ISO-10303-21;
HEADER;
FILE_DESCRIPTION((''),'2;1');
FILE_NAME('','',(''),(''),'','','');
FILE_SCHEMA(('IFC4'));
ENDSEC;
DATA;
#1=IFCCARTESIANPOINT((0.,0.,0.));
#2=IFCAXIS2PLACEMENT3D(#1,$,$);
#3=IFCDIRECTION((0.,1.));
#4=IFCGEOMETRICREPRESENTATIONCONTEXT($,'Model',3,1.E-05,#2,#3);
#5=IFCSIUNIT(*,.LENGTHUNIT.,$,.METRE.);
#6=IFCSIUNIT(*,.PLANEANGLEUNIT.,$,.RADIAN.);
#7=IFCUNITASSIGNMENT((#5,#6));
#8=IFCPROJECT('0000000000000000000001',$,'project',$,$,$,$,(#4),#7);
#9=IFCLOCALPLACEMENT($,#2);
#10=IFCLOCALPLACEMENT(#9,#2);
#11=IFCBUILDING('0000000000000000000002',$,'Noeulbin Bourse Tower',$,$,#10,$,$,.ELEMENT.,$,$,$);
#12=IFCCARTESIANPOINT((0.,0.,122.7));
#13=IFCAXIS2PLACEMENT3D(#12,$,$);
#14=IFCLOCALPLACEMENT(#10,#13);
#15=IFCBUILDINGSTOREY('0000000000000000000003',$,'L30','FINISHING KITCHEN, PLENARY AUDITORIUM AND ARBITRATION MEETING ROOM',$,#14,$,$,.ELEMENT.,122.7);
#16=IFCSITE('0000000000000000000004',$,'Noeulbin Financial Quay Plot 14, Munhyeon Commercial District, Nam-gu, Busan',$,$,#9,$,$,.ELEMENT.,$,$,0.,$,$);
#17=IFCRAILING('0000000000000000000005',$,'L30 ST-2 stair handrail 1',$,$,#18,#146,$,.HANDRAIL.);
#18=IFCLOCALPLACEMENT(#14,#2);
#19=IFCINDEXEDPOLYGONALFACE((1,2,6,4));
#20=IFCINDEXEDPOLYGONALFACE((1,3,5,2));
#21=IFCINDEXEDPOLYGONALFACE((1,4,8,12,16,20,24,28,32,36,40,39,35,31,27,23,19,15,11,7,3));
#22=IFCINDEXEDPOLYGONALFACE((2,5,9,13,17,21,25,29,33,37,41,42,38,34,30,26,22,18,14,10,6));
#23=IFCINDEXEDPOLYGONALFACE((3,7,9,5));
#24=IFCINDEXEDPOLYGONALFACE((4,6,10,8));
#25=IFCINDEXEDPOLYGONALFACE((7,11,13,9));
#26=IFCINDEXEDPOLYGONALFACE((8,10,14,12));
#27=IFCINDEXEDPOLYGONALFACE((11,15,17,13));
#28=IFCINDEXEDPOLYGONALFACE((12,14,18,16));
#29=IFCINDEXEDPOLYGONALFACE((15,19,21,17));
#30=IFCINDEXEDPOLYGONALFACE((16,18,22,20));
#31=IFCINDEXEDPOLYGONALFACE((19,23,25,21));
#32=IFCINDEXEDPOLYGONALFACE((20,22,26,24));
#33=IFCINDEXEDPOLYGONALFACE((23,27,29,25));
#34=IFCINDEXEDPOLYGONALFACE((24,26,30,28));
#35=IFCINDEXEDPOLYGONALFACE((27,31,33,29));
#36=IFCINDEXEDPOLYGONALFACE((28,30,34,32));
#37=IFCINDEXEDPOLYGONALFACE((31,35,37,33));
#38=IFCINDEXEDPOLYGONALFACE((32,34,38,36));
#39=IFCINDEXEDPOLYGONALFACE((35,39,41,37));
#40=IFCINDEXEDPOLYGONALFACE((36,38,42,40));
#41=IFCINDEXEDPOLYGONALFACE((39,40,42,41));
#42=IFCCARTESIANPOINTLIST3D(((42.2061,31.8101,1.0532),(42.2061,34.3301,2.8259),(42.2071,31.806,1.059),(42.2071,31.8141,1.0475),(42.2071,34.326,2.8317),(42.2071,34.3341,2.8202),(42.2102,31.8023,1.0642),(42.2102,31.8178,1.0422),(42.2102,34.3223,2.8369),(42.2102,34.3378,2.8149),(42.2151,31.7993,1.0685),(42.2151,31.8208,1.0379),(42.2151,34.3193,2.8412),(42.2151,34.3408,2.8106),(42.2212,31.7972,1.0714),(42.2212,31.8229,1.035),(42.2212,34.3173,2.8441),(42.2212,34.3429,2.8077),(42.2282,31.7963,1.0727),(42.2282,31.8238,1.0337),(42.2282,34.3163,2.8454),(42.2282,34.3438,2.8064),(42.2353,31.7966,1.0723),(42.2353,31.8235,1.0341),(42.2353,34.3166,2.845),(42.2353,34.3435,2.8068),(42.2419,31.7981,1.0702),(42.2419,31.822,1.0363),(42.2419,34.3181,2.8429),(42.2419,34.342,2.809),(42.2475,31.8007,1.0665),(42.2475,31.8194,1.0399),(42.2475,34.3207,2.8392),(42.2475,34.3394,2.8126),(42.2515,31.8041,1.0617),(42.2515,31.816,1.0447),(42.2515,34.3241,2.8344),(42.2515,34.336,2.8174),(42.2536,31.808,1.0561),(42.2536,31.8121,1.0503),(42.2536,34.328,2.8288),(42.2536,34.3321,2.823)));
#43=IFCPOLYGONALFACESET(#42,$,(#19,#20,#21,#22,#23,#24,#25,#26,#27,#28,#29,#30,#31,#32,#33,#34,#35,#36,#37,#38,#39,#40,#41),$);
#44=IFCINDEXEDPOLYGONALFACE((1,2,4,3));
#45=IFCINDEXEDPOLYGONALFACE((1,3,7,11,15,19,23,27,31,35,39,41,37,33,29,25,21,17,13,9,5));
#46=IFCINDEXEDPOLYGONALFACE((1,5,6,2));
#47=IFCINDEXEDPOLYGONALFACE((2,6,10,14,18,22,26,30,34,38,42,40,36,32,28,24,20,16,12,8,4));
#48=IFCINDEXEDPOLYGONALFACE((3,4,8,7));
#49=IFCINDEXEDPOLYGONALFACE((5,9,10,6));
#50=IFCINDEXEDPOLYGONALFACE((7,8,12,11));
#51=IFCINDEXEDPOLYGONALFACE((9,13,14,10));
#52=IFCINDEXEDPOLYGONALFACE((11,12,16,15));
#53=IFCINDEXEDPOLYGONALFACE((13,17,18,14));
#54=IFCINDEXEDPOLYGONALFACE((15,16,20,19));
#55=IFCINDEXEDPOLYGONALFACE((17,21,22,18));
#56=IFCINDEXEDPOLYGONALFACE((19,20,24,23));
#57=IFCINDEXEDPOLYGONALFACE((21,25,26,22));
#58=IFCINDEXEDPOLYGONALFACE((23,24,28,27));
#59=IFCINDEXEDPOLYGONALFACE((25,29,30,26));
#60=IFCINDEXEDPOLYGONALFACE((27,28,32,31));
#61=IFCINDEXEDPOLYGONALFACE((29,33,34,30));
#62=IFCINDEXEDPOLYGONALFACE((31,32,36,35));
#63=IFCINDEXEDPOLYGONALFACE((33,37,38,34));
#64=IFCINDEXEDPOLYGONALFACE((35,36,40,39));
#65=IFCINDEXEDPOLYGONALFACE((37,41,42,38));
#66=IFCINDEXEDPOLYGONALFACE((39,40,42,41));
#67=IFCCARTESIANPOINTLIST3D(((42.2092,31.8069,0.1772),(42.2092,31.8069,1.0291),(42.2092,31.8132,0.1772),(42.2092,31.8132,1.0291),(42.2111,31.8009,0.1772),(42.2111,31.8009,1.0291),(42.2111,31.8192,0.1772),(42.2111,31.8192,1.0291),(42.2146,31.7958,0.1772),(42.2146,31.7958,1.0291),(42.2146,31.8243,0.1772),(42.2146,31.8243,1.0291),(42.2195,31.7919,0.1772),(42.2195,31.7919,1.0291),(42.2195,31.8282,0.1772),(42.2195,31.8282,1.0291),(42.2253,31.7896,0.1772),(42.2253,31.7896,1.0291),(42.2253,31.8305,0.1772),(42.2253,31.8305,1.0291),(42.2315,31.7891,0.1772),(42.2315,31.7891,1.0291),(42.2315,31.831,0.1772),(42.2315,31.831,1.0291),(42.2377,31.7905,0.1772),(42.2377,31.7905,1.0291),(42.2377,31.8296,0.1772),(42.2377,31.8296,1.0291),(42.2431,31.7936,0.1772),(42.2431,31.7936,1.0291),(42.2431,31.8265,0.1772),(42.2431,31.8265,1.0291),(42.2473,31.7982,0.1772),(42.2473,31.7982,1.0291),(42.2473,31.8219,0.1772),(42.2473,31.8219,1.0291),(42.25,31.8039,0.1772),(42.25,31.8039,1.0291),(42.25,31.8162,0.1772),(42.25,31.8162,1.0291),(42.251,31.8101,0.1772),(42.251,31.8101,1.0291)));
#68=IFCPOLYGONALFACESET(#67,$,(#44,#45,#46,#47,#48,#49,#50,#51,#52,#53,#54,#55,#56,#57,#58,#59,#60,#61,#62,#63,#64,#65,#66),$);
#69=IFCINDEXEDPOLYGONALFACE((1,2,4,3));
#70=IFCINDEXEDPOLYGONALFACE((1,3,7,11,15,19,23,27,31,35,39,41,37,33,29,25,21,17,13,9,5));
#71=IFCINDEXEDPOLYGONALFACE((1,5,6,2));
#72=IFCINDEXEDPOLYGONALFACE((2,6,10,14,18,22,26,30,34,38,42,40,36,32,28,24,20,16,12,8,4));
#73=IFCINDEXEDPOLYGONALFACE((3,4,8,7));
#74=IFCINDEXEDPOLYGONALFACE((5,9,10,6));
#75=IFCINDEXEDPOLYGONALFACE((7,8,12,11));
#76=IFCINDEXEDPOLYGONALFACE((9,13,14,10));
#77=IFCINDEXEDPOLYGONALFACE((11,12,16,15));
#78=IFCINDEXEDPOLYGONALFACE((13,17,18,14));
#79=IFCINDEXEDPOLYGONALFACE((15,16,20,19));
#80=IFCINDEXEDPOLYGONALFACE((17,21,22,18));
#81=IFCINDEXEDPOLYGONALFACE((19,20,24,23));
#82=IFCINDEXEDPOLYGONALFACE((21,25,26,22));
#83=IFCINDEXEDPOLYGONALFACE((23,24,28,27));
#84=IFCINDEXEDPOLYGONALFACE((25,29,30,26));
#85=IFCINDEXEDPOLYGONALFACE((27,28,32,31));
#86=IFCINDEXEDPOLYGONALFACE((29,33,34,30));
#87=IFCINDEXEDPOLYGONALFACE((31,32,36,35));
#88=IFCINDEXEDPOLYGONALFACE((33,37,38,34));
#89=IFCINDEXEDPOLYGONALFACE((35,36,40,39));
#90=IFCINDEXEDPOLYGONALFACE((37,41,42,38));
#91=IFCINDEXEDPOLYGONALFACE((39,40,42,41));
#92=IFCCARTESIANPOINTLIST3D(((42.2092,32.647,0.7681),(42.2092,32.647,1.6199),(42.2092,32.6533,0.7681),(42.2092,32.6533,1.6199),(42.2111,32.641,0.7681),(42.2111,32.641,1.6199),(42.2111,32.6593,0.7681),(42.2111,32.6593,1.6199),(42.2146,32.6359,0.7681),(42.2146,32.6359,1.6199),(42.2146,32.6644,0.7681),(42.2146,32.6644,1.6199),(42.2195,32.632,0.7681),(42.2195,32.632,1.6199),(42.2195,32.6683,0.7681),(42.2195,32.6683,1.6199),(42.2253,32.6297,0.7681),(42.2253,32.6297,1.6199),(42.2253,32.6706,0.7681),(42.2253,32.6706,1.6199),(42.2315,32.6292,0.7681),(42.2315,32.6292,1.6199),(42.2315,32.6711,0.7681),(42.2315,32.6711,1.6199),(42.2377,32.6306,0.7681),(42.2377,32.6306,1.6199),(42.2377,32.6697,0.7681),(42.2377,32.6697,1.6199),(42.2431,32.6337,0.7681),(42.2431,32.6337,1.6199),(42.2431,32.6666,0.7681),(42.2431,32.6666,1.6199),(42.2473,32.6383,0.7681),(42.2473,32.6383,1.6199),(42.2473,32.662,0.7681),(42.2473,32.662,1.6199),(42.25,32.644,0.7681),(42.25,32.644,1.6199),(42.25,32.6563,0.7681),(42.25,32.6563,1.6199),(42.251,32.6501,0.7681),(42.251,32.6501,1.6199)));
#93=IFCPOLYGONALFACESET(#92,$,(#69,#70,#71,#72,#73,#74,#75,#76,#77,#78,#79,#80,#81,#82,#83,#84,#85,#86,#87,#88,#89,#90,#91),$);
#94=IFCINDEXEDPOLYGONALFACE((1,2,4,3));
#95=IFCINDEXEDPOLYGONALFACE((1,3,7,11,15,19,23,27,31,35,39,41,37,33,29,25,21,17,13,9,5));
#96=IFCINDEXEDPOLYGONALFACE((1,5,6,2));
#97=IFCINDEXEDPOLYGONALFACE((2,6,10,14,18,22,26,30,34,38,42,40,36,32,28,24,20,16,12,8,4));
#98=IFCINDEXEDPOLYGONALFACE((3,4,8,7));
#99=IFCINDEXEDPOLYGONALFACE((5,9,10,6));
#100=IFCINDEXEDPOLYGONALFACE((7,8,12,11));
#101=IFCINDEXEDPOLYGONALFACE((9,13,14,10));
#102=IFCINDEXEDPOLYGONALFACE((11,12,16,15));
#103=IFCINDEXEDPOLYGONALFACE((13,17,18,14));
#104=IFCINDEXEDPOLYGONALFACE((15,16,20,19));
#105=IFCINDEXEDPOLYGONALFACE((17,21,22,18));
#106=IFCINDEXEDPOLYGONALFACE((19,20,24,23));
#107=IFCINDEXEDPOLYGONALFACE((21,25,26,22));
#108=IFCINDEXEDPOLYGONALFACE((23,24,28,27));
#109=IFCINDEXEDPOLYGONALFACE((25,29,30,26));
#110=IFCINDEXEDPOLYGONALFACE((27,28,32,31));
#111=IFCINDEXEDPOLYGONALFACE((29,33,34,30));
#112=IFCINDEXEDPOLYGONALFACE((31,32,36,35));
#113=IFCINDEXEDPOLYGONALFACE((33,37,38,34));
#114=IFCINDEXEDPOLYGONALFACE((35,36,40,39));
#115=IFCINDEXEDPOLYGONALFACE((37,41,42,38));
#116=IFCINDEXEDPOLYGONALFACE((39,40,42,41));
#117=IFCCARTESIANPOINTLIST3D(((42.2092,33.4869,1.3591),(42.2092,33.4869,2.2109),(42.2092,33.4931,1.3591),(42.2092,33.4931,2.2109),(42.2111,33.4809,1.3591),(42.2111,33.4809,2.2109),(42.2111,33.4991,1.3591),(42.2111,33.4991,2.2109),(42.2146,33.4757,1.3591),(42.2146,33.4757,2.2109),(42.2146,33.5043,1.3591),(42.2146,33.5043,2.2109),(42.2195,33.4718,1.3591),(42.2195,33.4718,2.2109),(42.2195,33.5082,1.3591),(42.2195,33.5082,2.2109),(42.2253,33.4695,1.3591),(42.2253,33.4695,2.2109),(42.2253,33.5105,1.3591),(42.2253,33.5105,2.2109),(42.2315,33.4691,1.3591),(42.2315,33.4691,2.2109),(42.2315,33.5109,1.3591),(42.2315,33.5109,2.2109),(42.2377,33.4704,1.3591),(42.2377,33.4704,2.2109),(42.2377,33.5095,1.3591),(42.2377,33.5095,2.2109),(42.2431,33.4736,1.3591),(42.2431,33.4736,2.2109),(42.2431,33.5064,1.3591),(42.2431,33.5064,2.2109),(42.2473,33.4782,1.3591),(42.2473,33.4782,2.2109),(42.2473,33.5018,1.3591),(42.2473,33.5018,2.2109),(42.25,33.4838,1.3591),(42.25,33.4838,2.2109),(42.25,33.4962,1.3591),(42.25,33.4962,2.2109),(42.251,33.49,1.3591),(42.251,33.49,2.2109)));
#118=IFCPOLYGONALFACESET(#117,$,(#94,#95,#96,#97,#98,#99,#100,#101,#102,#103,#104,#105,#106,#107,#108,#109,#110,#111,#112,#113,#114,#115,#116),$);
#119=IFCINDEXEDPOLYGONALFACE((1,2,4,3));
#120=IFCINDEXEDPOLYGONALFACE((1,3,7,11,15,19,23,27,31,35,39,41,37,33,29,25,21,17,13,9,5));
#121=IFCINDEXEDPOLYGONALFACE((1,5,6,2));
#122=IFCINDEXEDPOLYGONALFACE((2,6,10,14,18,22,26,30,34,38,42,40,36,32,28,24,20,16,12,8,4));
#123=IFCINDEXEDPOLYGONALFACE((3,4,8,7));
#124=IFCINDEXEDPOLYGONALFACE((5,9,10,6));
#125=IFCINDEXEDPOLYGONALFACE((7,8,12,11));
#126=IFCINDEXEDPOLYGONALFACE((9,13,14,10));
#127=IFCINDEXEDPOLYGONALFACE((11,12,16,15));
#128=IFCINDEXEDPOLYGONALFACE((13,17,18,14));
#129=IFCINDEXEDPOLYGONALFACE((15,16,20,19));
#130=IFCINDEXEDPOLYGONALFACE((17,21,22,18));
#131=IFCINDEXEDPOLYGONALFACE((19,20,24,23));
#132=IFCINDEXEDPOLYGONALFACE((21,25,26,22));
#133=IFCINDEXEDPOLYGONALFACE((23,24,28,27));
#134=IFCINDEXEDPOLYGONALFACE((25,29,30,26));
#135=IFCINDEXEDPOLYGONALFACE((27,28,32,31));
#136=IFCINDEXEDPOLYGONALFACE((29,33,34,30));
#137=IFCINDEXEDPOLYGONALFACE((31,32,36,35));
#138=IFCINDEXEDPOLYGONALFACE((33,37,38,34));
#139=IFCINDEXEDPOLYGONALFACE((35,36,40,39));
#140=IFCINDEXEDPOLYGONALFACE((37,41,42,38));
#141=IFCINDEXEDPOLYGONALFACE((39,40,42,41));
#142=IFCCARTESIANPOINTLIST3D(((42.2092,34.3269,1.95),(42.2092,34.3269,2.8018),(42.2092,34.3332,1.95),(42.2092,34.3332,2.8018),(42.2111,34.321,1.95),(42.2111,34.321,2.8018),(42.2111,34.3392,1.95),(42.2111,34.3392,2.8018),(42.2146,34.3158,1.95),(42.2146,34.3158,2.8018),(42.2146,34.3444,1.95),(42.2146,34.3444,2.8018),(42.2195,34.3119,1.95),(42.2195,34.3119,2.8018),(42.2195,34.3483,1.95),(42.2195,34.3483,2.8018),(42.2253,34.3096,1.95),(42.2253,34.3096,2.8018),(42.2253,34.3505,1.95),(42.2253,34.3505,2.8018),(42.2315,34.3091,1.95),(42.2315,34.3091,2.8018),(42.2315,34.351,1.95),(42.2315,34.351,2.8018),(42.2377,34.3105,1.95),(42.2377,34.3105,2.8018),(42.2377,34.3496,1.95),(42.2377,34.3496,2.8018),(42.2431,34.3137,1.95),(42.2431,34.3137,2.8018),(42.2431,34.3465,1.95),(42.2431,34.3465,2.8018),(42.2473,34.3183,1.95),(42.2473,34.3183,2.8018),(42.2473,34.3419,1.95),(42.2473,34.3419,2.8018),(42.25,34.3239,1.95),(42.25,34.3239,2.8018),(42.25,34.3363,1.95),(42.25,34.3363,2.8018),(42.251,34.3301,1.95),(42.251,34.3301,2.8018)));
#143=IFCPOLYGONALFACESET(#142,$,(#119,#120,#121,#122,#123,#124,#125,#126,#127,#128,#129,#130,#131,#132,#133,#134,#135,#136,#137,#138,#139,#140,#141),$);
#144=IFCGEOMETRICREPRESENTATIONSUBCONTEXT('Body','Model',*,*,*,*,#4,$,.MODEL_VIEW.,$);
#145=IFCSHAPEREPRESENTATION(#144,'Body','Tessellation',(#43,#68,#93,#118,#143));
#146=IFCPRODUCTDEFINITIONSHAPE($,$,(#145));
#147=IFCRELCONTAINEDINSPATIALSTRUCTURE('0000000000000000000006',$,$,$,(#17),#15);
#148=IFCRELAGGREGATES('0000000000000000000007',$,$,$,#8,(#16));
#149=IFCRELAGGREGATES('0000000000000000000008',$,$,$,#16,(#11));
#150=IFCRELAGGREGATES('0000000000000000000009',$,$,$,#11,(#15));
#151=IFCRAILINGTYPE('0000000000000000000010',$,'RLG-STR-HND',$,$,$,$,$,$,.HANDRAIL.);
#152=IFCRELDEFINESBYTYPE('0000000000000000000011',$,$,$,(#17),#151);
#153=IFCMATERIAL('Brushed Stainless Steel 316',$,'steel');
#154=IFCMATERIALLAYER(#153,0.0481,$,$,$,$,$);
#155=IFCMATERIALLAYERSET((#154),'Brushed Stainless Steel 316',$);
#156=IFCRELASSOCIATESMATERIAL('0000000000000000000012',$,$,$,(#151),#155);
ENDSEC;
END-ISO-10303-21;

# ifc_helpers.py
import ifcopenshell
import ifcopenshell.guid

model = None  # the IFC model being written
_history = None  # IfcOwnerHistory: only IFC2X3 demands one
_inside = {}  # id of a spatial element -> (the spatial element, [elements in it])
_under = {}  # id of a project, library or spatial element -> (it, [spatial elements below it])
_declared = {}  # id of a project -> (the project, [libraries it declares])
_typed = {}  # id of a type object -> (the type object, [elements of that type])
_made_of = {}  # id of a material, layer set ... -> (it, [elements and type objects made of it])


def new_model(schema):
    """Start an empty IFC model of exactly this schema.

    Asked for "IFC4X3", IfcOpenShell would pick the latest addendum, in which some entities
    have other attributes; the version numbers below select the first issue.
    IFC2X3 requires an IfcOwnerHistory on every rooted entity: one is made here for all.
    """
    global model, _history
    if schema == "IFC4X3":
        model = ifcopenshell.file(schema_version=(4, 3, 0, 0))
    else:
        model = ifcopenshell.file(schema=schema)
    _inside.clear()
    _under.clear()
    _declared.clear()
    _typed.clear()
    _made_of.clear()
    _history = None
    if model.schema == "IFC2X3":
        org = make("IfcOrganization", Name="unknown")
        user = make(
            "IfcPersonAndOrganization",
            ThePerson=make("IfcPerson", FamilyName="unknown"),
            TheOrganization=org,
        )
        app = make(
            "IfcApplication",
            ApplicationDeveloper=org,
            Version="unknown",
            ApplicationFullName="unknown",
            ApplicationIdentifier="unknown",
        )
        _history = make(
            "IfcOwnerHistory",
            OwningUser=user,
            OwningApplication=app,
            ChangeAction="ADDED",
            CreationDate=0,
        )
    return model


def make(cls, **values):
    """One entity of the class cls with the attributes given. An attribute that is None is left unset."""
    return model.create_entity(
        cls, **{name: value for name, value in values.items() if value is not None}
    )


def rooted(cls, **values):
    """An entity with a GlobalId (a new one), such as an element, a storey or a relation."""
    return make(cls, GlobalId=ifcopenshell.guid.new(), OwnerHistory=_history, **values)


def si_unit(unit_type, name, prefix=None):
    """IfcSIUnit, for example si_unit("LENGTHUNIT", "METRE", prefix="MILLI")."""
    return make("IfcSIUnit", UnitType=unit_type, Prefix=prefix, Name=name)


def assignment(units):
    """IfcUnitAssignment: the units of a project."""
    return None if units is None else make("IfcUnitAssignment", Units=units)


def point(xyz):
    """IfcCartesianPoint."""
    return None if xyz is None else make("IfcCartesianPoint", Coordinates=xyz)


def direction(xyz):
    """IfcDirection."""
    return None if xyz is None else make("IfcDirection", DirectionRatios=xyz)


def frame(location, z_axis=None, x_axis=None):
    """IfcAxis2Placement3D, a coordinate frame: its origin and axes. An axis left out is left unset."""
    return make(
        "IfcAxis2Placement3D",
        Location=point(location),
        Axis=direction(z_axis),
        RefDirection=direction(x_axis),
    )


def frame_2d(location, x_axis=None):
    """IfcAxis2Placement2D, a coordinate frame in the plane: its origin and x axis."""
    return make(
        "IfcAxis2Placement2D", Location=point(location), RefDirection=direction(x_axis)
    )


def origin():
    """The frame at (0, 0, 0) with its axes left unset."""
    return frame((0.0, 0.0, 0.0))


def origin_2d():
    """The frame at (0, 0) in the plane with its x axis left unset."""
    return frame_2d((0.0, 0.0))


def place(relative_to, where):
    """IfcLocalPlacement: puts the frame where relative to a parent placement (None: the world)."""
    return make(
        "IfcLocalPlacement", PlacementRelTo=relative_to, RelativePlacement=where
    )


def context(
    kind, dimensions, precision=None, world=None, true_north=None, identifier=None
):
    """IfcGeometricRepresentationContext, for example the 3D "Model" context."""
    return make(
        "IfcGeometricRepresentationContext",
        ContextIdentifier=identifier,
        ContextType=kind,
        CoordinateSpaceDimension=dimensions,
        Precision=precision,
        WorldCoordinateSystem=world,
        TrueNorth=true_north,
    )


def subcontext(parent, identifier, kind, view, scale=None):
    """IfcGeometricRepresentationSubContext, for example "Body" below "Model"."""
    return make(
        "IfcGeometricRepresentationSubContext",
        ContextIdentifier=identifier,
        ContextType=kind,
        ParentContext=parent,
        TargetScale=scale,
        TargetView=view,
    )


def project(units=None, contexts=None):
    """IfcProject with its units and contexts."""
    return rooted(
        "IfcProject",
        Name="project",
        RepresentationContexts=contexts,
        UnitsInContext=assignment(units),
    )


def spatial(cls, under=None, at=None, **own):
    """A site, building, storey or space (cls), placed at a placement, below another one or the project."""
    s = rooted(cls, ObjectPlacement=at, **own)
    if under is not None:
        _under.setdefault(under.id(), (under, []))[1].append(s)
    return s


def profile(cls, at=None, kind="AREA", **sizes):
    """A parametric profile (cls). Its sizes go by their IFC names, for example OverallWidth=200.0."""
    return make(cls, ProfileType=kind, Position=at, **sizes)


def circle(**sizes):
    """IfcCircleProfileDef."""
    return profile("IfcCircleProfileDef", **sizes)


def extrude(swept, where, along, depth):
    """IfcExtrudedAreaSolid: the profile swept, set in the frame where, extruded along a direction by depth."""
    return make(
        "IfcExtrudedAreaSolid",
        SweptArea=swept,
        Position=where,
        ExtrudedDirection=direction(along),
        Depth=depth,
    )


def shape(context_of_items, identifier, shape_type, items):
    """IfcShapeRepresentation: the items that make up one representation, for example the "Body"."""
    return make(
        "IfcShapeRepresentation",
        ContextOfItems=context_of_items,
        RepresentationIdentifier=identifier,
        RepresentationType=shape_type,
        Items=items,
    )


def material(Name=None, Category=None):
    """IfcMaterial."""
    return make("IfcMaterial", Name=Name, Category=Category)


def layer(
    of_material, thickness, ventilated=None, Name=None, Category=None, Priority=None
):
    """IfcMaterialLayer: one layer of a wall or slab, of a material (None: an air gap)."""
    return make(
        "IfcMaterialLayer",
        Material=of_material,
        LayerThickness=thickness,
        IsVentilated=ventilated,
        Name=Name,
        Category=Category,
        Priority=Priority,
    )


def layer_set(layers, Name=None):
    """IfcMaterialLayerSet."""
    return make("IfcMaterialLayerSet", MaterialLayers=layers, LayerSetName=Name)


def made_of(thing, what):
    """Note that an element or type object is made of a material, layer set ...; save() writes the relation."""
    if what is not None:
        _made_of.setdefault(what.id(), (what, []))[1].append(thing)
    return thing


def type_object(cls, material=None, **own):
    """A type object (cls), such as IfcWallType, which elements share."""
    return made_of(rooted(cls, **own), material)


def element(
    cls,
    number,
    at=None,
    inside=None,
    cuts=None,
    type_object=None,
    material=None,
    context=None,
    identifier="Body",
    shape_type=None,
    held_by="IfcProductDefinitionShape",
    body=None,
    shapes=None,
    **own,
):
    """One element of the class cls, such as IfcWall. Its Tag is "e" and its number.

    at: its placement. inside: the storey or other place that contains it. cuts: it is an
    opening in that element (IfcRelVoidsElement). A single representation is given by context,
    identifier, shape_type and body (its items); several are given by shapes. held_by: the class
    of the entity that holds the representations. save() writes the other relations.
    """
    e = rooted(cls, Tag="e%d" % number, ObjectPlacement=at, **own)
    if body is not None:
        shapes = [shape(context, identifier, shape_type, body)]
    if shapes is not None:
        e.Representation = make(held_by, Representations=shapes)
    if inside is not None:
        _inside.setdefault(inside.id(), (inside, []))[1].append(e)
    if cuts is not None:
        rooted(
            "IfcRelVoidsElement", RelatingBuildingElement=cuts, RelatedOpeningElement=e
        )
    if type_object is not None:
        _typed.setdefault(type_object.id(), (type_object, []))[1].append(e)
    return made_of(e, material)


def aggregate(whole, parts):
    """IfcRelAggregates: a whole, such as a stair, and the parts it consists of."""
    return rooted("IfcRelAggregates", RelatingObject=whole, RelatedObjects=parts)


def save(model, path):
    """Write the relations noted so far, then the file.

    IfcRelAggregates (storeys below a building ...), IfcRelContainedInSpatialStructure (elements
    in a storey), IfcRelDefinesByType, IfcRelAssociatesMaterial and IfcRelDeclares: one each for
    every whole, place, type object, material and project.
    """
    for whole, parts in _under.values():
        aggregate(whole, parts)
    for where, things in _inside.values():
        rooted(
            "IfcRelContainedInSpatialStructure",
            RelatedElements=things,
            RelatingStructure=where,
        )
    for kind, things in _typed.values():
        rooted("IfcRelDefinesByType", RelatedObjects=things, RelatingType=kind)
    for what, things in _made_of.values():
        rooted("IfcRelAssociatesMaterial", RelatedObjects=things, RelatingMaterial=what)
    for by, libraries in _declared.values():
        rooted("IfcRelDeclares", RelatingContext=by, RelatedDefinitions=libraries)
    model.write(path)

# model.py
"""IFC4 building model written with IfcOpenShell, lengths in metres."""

from ifc_helpers import new_model, si_unit, direction, frame, origin, origin_2d, place, context, subcontext, project, spatial, circle, extrude, material, layer, layer_set, type_object, element, save


model = new_model("IFC4")

# Units and contexts
model_context = context("Model", 3, precision=1e-05, world=origin(), true_north=direction((0.0, 1.0)))
body_context = subcontext(model_context, "Body", "Model", "MODEL_VIEW")
ifc_project = project(units=[si_unit("LENGTHUNIT", "METRE"), si_unit("PLANEANGLEUNIT", "RADIAN")], contexts=[model_context])

# Site, building, storey
site_placement = place(None, origin())
site = spatial("IfcSite", under=ifc_project, at=site_placement, Name="Noeulbin Financial Quay Plot 14, Munhyeon Commercial District, Nam-gu, Busan", CompositionType="ELEMENT", RefElevation=0.0)
building_placement = place(site_placement, origin())
building = spatial("IfcBuilding", under=site, at=building_placement, Name="Noeulbin Bourse Tower", CompositionType="ELEMENT")
storey_placement = place(building_placement, frame((0.0, 0.0, 122.7)))
storey = spatial("IfcBuildingStorey", under=building, at=storey_placement, Name="L30", Description="FINISHING KITCHEN, PLENARY AUDITORIUM AND ARBITRATION MEETING ROOM", CompositionType="ELEMENT", Elevation=122.7)

# Railing
ifc_material_1 = material(Name="Brushed Stainless Steel 316", Category="steel")
ifc_layer_1 = layer(ifc_material_1, 0.0481)
ifc_layer_set_1 = layer_set([ifc_layer_1], Name="Brushed Stainless Steel 316")
railing_type_1 = type_object("IfcRailingType", Name="RLG-STR-HND", PredefinedType="HANDRAIL", material=ifc_layer_set_1)
railing_1_placement = place(storey_placement, frame((42.23, 31.8101, 0.1772)))
element("IfcRailing", 1, at=railing_1_placement, inside=storey, type_object=railing_type_1, Name="L30 ST-2 stair handrail 1", PredefinedType="HANDRAIL", context=body_context, shape_type="SweptSolid", body=[
    extrude(circle(Radius=0.0239, at=origin_2d()), frame((0.0, 0.0, 0.876), z_axis=(0.0, 0.817904, 0.575354), x_axis=(-1.0, 0.0, 0.0)), (0.0, 0.0, 1.0), 3.0811),
    extrude(circle(Radius=0.021, at=origin_2d()), origin(), (0.0, 0.0, 1.0), 0.8518),
    extrude(circle(Radius=0.021, at=origin_2d()), frame((0.0, 0.8401, 0.5908)), (0.0, 0.0, 1.0), 0.8518),
    extrude(circle(Radius=0.021, at=origin_2d()), frame((0.0, 1.6799, 1.1819)), (0.0, 0.0, 1.0), 0.8518),
    extrude(circle(Radius=0.021, at=origin_2d()), frame((0.0, 2.52, 1.7727)), (0.0, 0.0, 1.0), 0.8518),
])

save(model, "model.ifc")
